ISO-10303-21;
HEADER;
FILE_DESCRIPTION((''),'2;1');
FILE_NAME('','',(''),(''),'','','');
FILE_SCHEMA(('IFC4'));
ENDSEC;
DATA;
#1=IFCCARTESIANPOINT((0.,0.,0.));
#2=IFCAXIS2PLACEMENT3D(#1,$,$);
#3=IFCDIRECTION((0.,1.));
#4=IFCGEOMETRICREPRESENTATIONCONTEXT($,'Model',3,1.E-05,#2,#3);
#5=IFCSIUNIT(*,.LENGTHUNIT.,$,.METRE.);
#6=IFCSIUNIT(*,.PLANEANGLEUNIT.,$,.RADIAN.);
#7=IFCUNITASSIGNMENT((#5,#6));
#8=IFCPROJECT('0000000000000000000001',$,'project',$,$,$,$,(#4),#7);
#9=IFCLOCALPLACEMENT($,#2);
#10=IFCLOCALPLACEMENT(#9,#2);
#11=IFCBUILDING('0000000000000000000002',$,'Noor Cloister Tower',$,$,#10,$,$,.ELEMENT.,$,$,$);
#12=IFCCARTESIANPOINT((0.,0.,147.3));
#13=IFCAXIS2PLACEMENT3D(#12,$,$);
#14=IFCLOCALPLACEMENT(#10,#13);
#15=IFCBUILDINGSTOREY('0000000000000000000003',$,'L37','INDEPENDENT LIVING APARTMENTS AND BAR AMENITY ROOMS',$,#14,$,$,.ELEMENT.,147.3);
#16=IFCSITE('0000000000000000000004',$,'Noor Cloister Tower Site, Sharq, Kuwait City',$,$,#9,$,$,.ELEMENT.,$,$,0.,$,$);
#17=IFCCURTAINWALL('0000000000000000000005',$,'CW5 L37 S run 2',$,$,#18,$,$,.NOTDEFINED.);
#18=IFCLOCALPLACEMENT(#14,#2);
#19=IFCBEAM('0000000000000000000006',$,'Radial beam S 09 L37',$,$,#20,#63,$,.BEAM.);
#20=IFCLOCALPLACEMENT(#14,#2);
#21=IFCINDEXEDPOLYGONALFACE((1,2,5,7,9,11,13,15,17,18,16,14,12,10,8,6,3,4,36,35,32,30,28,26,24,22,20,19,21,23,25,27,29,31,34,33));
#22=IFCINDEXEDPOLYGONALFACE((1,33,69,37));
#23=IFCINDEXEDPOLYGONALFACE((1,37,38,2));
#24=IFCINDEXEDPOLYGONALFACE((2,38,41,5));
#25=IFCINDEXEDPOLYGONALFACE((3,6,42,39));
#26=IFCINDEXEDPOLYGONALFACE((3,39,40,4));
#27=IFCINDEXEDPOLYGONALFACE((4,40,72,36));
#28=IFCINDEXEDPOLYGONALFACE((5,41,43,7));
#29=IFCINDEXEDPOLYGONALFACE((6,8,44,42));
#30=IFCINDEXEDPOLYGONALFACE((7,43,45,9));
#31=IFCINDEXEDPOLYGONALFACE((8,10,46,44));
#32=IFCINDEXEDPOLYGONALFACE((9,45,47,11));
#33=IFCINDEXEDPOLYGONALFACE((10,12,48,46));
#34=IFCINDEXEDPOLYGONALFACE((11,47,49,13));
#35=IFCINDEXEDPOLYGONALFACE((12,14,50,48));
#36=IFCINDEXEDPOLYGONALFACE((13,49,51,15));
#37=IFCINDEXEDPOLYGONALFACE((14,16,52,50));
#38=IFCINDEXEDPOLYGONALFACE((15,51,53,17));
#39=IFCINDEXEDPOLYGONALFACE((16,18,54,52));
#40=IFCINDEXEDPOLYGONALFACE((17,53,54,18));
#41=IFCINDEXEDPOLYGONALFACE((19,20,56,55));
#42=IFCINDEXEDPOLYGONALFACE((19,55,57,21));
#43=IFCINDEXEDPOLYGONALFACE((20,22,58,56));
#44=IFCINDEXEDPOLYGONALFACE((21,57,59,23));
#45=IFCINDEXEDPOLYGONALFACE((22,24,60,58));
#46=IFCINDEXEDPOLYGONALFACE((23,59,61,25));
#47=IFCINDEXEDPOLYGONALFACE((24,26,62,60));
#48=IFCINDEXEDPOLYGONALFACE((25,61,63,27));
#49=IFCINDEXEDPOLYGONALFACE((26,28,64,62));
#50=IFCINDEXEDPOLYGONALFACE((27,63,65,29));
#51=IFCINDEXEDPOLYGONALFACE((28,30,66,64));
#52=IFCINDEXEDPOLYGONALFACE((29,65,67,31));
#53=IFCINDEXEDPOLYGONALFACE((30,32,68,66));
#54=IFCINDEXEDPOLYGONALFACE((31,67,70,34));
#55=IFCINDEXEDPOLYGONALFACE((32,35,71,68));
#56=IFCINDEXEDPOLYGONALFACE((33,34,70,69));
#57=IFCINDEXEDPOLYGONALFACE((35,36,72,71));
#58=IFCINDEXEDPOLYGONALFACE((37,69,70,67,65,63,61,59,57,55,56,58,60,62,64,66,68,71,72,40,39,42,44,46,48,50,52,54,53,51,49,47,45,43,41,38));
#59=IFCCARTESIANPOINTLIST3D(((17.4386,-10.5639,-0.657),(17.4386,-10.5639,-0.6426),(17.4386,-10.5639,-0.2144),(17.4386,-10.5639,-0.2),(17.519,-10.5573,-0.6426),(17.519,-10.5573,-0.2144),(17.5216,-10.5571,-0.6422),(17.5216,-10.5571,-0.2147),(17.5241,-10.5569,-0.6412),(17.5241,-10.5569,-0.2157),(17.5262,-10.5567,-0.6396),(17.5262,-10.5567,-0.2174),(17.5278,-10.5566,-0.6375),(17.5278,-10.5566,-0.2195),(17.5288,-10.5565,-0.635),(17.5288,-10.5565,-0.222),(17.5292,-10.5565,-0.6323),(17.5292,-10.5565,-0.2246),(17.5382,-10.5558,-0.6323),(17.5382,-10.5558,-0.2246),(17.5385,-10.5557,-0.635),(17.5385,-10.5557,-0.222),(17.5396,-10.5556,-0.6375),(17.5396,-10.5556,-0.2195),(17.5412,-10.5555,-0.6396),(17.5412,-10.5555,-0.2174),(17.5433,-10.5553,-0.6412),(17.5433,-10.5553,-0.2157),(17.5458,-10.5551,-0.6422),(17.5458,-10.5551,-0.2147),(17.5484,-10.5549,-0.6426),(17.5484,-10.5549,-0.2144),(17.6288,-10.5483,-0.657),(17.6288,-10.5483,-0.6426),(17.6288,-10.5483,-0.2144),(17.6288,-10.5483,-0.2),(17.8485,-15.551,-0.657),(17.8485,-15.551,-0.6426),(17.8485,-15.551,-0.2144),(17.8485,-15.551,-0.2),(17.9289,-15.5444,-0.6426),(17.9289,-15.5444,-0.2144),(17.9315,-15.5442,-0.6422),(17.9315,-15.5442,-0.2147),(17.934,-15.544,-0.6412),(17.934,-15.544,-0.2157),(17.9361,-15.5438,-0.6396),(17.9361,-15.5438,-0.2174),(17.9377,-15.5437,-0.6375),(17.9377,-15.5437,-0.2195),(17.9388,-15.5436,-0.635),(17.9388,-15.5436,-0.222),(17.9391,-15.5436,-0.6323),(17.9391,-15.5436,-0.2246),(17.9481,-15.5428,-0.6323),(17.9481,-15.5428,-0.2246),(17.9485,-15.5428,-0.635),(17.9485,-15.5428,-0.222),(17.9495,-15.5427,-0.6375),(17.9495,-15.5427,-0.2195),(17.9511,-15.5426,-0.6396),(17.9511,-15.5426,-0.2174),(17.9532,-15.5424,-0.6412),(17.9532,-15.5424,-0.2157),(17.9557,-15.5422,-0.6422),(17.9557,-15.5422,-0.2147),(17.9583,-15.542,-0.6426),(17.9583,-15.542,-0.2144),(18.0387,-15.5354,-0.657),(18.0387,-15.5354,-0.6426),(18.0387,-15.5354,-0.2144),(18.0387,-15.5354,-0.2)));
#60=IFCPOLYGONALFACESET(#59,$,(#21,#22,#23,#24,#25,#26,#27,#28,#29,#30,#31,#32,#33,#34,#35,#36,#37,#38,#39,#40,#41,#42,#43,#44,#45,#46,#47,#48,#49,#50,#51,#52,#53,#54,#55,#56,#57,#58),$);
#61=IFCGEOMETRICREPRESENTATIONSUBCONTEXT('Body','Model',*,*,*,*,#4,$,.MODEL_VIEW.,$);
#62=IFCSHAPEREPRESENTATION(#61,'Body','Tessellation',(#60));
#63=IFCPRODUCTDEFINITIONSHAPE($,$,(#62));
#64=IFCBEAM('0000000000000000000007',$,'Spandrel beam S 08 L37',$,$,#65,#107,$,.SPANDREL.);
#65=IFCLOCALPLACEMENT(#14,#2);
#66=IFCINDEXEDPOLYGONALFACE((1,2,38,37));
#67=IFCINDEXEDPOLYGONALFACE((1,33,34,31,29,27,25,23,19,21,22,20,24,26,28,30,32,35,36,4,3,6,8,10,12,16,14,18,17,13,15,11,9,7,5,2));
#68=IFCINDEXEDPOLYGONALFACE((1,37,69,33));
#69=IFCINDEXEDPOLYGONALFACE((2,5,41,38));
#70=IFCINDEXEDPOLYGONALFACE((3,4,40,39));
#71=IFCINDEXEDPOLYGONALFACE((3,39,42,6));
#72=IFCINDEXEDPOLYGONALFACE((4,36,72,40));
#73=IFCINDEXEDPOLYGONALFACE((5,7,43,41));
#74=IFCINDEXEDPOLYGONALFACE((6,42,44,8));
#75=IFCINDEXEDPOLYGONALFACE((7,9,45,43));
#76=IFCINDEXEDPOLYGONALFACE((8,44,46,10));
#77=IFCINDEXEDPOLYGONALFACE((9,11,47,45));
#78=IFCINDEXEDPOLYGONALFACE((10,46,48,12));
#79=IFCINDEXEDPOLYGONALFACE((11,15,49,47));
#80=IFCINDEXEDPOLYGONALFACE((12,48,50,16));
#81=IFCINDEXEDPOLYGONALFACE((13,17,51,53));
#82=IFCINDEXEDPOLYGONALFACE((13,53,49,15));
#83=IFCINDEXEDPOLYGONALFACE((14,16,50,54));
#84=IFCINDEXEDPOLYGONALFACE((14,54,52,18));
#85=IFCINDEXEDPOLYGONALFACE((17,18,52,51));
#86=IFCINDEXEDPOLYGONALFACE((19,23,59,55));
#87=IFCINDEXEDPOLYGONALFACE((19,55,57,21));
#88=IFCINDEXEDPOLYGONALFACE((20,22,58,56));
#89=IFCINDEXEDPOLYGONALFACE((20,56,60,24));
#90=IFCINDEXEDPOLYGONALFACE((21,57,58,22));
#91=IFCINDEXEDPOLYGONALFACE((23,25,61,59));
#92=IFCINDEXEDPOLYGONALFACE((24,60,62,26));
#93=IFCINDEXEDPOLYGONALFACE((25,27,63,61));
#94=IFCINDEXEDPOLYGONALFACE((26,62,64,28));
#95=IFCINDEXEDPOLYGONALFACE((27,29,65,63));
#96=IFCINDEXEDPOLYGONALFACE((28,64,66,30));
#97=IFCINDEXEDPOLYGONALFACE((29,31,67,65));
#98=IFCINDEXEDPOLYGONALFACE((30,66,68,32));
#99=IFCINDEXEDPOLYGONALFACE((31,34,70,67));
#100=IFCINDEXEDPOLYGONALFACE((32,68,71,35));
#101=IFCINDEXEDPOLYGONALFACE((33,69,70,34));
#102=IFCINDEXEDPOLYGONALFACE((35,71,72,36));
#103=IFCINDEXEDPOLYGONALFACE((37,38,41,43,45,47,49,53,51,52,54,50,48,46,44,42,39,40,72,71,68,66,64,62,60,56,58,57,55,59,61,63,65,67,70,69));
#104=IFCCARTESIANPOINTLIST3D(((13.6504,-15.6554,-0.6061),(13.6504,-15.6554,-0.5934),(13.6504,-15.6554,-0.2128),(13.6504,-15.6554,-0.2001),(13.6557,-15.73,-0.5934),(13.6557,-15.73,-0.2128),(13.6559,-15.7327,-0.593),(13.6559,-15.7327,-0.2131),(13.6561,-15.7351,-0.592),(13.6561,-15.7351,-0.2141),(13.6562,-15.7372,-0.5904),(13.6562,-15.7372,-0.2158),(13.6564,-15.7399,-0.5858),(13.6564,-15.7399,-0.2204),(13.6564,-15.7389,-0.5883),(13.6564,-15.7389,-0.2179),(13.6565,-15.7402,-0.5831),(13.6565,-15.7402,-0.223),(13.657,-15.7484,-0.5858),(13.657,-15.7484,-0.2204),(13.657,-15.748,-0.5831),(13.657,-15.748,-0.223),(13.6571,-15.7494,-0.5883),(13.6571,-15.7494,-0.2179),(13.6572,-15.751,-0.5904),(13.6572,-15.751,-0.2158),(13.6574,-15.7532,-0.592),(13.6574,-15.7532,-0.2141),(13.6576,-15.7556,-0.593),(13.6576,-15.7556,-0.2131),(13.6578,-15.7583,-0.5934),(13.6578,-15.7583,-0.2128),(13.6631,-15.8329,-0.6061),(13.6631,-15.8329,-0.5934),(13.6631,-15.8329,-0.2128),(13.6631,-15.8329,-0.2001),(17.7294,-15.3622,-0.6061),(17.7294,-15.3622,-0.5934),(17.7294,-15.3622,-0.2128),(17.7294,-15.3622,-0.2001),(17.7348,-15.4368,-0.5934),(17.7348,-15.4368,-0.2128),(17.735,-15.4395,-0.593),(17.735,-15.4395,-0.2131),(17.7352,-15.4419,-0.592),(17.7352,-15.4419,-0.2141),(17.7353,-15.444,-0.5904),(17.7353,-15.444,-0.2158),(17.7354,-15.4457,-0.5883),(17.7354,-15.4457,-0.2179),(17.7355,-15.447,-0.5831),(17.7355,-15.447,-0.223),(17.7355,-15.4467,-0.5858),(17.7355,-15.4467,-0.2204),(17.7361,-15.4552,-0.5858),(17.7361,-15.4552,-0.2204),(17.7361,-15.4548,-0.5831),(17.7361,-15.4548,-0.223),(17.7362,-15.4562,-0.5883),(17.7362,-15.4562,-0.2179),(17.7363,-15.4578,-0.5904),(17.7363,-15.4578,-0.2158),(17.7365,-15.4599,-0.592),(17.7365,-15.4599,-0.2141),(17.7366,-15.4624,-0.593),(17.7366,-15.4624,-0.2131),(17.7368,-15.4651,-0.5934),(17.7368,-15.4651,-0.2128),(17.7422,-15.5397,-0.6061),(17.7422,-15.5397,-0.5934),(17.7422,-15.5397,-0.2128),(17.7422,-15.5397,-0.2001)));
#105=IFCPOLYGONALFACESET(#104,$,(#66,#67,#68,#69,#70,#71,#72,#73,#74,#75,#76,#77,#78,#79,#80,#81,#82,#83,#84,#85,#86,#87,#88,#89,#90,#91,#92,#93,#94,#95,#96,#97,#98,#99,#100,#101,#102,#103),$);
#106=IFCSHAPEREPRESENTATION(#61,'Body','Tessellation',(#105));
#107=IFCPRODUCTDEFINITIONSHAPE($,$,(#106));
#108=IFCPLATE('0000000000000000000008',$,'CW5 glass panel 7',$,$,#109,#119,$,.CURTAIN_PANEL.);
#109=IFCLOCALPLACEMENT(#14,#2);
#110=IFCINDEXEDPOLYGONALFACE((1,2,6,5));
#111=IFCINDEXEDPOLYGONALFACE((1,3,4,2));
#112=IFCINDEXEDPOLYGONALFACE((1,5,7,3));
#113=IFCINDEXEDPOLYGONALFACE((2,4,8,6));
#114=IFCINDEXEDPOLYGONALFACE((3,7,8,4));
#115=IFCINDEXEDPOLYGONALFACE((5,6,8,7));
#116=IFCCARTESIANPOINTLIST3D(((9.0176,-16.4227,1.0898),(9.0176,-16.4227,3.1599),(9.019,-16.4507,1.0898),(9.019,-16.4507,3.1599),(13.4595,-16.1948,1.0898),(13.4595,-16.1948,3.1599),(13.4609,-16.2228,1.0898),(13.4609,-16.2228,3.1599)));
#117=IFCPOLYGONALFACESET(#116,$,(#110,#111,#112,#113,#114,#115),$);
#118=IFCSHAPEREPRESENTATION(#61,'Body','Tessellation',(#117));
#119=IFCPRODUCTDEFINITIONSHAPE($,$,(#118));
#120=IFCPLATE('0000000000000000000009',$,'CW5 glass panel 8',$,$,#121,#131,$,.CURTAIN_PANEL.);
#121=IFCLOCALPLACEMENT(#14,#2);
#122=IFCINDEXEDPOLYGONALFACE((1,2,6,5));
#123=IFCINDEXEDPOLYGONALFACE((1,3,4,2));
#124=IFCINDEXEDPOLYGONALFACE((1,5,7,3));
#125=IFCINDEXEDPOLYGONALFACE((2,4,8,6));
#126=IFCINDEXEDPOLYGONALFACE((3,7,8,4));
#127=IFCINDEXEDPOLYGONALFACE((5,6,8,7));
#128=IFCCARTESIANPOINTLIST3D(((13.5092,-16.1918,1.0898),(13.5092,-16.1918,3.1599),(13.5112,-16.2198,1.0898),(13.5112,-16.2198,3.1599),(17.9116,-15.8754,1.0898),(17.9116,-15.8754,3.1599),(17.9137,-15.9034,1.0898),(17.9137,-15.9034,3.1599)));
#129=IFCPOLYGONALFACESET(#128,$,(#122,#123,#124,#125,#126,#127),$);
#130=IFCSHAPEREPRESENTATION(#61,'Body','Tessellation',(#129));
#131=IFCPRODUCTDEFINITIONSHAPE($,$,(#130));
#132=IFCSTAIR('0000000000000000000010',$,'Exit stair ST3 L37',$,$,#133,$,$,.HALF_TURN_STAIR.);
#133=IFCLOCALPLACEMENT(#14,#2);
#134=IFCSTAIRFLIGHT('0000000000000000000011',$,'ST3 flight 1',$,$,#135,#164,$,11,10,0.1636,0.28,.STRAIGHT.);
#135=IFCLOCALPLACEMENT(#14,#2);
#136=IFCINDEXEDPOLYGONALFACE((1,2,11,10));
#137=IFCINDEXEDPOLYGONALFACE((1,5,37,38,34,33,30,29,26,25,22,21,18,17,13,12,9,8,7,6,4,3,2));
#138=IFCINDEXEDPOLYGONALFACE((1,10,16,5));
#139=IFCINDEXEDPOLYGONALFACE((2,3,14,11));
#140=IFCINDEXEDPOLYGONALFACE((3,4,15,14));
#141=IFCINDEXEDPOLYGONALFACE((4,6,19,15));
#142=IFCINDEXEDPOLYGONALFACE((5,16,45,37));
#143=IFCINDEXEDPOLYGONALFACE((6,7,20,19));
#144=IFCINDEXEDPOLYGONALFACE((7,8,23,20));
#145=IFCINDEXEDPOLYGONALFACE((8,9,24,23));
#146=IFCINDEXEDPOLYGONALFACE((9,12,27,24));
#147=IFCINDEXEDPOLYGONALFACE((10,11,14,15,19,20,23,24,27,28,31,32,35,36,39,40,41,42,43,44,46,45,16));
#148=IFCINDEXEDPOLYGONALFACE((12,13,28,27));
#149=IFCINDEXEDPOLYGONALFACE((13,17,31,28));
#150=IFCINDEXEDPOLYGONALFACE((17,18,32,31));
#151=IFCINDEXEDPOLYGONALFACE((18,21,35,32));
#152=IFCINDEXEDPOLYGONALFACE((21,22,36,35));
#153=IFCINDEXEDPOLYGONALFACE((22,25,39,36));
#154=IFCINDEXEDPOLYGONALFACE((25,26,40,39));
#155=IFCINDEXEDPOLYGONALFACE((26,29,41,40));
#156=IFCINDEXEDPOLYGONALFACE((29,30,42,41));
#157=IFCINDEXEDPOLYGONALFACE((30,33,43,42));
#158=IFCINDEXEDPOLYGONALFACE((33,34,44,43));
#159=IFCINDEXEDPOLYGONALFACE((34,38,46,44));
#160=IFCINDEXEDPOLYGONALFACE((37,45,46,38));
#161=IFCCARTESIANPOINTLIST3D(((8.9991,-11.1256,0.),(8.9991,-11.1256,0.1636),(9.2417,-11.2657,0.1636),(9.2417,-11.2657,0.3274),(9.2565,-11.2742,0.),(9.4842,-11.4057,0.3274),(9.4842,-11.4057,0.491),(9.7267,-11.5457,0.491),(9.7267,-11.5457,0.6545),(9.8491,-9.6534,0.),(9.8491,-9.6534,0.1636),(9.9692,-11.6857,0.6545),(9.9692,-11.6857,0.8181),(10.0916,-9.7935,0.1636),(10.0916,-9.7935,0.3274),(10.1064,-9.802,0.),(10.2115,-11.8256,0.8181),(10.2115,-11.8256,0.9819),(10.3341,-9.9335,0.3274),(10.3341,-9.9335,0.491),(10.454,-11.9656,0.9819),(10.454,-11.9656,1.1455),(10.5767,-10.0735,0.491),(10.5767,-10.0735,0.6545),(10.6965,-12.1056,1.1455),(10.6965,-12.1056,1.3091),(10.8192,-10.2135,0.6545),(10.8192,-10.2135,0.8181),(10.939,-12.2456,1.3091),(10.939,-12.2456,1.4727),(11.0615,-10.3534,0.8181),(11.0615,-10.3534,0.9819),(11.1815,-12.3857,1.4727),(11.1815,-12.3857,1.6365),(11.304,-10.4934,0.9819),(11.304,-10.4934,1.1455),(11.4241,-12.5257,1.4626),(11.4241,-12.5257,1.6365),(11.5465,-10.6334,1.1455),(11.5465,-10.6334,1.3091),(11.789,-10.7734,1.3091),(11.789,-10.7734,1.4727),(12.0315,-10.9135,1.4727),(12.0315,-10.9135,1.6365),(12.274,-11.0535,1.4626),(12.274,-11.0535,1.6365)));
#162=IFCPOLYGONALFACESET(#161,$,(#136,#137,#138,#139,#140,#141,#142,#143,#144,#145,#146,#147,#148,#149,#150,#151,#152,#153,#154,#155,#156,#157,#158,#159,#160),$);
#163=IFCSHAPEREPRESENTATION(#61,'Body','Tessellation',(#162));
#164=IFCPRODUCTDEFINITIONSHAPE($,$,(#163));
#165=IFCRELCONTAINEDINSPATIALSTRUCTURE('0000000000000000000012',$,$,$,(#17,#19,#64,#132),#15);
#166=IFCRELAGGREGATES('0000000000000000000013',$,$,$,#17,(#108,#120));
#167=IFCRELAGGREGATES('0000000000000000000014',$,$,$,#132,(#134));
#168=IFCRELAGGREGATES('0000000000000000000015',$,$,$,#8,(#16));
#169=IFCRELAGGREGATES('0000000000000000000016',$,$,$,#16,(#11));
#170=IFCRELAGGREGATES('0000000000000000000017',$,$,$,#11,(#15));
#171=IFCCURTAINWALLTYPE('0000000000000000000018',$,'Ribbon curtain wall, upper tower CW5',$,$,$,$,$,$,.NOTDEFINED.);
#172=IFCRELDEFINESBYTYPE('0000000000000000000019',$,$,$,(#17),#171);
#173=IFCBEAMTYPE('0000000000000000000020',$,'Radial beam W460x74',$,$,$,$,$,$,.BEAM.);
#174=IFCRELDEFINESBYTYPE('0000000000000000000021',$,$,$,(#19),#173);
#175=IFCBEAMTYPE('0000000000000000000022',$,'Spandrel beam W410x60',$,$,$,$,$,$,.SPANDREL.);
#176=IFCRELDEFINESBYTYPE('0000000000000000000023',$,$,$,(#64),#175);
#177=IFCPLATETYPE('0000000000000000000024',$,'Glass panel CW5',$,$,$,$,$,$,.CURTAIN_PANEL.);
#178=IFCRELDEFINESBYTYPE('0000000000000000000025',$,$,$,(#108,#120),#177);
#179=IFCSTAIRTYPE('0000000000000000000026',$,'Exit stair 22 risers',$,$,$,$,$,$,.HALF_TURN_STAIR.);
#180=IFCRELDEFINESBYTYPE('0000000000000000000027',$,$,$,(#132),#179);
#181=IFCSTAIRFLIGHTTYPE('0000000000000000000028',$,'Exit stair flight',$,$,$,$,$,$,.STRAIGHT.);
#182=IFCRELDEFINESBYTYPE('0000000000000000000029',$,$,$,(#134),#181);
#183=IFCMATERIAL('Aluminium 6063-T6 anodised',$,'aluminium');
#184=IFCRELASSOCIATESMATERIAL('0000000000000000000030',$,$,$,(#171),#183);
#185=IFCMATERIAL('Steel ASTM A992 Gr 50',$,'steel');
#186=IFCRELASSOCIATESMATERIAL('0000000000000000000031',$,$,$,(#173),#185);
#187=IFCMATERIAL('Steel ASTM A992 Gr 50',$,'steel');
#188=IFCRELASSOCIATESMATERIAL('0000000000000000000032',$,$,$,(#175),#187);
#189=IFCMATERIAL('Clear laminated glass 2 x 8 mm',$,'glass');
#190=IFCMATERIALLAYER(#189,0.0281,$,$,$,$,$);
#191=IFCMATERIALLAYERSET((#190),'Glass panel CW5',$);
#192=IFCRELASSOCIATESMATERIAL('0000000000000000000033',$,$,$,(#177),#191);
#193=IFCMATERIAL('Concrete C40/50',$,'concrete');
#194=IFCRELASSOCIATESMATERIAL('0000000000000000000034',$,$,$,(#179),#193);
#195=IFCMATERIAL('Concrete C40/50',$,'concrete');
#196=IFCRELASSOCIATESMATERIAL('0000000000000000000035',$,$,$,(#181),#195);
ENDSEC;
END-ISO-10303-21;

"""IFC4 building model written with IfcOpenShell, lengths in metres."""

from ifc_helpers import new_model, si_unit, direction, frame, origin, origin_2d, place, context, subcontext, project, spatial, polyline, rectangle, i_section, outline, extrude, material, layer, layer_set, material_profile, profile_set, type_object, element, aggregate, save


model = new_model("IFC4")

# Units and contexts
model_context = context("Model", 3, precision=1e-05, world=origin(), true_north=direction((0.0, 1.0)))
body_context = subcontext(model_context, "Body", "Model", "MODEL_VIEW")
ifc_project = project(units=[si_unit("LENGTHUNIT", "METRE"), si_unit("PLANEANGLEUNIT", "RADIAN")], contexts=[model_context])

# Site, building, storey
site_placement = place(None, origin())
site = spatial("IfcSite", under=ifc_project, at=site_placement, Name="Noor Cloister Tower Site, Sharq, Kuwait City", CompositionType="ELEMENT", RefElevation=0.0)
building_placement = place(site_placement, origin())
building = spatial("IfcBuilding", under=site, at=building_placement, Name="Noor Cloister Tower", CompositionType="ELEMENT")
storey_placement = place(building_placement, frame((0.0, 0.0, 147.3)))
storey = spatial("IfcBuildingStorey", under=building, at=storey_placement, Name="L37", Description="INDEPENDENT LIVING APARTMENTS AND BAR AMENITY ROOMS", CompositionType="ELEMENT", Elevation=147.3)

# Curtain wall
ifc_material_1 = material(Name="Aluminium 6063-T6 anodised", Category="aluminium")
curtain_wall_type = type_object("IfcCurtainWallType", Name="Ribbon curtain wall, upper tower CW5", PredefinedType="NOTDEFINED", material=ifc_material_1)
curtain_wall_placement = place(storey_placement, origin())
curtain_wall = element("IfcCurtainWall", 1, at=curtain_wall_placement, inside=storey, type_object=curtain_wall_type, Name="CW5 L37 S run 2", PredefinedType="NOTDEFINED")

# Beams
ifc_material_2 = material(Name="Steel ASTM A992 Gr 50", Category="steel")
ifc_material_profile_1 = material_profile(ifc_material_2, i_section(OverallWidth=0.1909, OverallDepth=0.457, WebThickness=0.009, FlangeThickness=0.0144, FilletRadius=0.0103, at=origin_2d()), Name="W460x74")
ifc_profile_set_1 = profile_set([ifc_material_profile_1], Name="Steel ASTM A992 Gr 50")
beam_type_1 = type_object("IfcBeamType", Name="Radial beam W460x74", PredefinedType="BEAM", material=ifc_profile_set_1)
beam_1_placement = place(storey_placement, frame((17.9436, -15.5432, -0.4285), z_axis=(-0.081919, 0.996639, 0.0), x_axis=(-0.996639, -0.081919, 0.0)))
element("IfcBeam", 2, at=beam_1_placement, inside=storey, type_object=beam_type_1, Name="Radial beam S 09 L37", PredefinedType="BEAM", context=body_context, shape_type="SweptSolid", body=[
    extrude(i_section(OverallWidth=0.1909, OverallDepth=0.457, WebThickness=0.009, FlangeThickness=0.0144, FilletRadius=0.0103, at=origin_2d()), origin(), (0.0, 0.0, 1.0), 5.0039),
])
ifc_material_3 = material(Name="Steel ASTM A992 Gr 50", Category="steel")
ifc_material_profile_2 = material_profile(ifc_material_3, i_section(OverallWidth=0.178, OverallDepth=0.406, WebThickness=0.0078, FlangeThickness=0.0127, FilletRadius=0.0103, at=origin_2d()), Name="W410x60")
ifc_profile_set_2 = profile_set([ifc_material_profile_2], Name="Steel ASTM A992 Gr 50")
beam_type_2 = type_object("IfcBeamType", Name="Spandrel beam W410x60", PredefinedType="SPANDREL", material=ifc_profile_set_2)
beam_2_placement = place(storey_placement, frame((13.6567, -15.7441, -0.4031), z_axis=(0.997426, 0.071697, 0.0), x_axis=(-0.071697, 0.997426, 0.0)))
element("IfcBeam", 3, at=beam_2_placement, inside=storey, type_object=beam_type_2, Name="Spandrel beam S 08 L37", PredefinedType="SPANDREL", context=body_context, shape_type="SweptSolid", body=[
    extrude(i_section(OverallWidth=0.178, OverallDepth=0.406, WebThickness=0.0078, FlangeThickness=0.0127, FilletRadius=0.0103, at=origin_2d()), origin(), (0.0, 0.0, 1.0), 4.0896),
])

# Plates
ifc_material_4 = material(Name="Clear laminated glass 2 x 8 mm", Category="glass")
ifc_layer = layer(ifc_material_4, 0.0281)
ifc_layer_set = layer_set([ifc_layer], Name="Glass panel CW5")
plate_type = type_object("IfcPlateType", Name="Glass panel CW5", PredefinedType="CURTAIN_PANEL", material=ifc_layer_set)
plate_1_placement = place(storey_placement, frame((11.2393, -16.3228, 1.0898), z_axis=(0.0, 0.0, 1.0), x_axis=(0.998687, 0.051236, 0.0)))
plate_1 = element("IfcPlate", 4, at=plate_1_placement, type_object=plate_type, Name="CW5 glass panel 7", PredefinedType="CURTAIN_PANEL", context=body_context, shape_type="SweptSolid", body=[
    extrude(rectangle(XDim=4.4478, YDim=0.0281, at=origin_2d()), origin(), (0.0, 0.0, 1.0), 2.0701),
])
plate_2_placement = place(storey_placement, frame((15.7114, -16.0476, 1.0898), z_axis=(0.0, 0.0, 1.0), x_axis=(0.997426, 0.0717, 0.0)))
plate_2 = element("IfcPlate", 5, at=plate_2_placement, type_object=plate_type, Name="CW5 glass panel 8", PredefinedType="CURTAIN_PANEL", context=body_context, shape_type="SweptSolid", body=[
    extrude(rectangle(XDim=4.4138, YDim=0.0281, at=origin_2d()), origin(), (0.0, 0.0, 1.0), 2.0701),
])
aggregate(curtain_wall, [plate_1, plate_2])

# Stair, stair flight
ifc_material_5 = material(Name="Concrete C40/50", Category="concrete")
stair_type = type_object("IfcStairType", Name="Exit stair 22 risers", PredefinedType="HALF_TURN_STAIR", material=ifc_material_5)
stair_placement = place(storey_placement, origin())
stair = element("IfcStair", 6, at=stair_placement, inside=storey, type_object=stair_type, Name="Exit stair ST3 L37", PredefinedType="HALF_TURN_STAIR")
ifc_material_6 = material(Name="Concrete C40/50", Category="concrete")
stair_flight_type = type_object("IfcStairFlightType", Name="Exit stair flight", PredefinedType="STRAIGHT", material=ifc_material_6)
stair_flight_1_placement = place(storey_placement, frame((9.4241, -10.3896, 0.0), z_axis=(0.0, 0.0, 1.0), x_axis=(0.866025, -0.5, 0.0)))
stair_flight_1 = element("IfcStairFlight", 7, at=stair_flight_1_placement, type_object=stair_flight_type, Name="ST3 flight 1", NumberOfRisers=11, NumberOfTreads=10, PredefinedType="STRAIGHT", RiserHeight=0.1636, TreadLength=0.28, context=body_context, shape_type="SweptSolid", body=[
    extrude(outline(polyline([(0.0, 0.0), (0.0, 0.1636), (0.28, 0.1636), (0.28, 0.3274), (0.5601, 0.3274), (0.5601, 0.491), (0.8401, 0.491), (0.8401, 0.6545), (1.1201, 0.6545), (1.1201, 0.8181), (1.3999, 0.8181), (1.3999, 0.9819), (1.6799, 0.9819), (1.6799, 1.1455), (1.96, 1.1455), (1.96, 1.3091), (2.24, 1.3091), (2.24, 1.4727), (2.52, 1.4727), (2.52, 1.6365), (2.8, 1.6365), (2.8, 1.8), (2.8, 1.4626), (0.2971, 0.0), (0.0, 0.0)])), frame((0.0, 0.8501, 0.0), z_axis=(0.0, -1.0, 0.0), x_axis=(1.0, 0.0, 0.0)), (0.0, 0.0, 1.0), 1.7),
])
aggregate(stair, [stair_flight_1])

save(model, "model.ifc")
